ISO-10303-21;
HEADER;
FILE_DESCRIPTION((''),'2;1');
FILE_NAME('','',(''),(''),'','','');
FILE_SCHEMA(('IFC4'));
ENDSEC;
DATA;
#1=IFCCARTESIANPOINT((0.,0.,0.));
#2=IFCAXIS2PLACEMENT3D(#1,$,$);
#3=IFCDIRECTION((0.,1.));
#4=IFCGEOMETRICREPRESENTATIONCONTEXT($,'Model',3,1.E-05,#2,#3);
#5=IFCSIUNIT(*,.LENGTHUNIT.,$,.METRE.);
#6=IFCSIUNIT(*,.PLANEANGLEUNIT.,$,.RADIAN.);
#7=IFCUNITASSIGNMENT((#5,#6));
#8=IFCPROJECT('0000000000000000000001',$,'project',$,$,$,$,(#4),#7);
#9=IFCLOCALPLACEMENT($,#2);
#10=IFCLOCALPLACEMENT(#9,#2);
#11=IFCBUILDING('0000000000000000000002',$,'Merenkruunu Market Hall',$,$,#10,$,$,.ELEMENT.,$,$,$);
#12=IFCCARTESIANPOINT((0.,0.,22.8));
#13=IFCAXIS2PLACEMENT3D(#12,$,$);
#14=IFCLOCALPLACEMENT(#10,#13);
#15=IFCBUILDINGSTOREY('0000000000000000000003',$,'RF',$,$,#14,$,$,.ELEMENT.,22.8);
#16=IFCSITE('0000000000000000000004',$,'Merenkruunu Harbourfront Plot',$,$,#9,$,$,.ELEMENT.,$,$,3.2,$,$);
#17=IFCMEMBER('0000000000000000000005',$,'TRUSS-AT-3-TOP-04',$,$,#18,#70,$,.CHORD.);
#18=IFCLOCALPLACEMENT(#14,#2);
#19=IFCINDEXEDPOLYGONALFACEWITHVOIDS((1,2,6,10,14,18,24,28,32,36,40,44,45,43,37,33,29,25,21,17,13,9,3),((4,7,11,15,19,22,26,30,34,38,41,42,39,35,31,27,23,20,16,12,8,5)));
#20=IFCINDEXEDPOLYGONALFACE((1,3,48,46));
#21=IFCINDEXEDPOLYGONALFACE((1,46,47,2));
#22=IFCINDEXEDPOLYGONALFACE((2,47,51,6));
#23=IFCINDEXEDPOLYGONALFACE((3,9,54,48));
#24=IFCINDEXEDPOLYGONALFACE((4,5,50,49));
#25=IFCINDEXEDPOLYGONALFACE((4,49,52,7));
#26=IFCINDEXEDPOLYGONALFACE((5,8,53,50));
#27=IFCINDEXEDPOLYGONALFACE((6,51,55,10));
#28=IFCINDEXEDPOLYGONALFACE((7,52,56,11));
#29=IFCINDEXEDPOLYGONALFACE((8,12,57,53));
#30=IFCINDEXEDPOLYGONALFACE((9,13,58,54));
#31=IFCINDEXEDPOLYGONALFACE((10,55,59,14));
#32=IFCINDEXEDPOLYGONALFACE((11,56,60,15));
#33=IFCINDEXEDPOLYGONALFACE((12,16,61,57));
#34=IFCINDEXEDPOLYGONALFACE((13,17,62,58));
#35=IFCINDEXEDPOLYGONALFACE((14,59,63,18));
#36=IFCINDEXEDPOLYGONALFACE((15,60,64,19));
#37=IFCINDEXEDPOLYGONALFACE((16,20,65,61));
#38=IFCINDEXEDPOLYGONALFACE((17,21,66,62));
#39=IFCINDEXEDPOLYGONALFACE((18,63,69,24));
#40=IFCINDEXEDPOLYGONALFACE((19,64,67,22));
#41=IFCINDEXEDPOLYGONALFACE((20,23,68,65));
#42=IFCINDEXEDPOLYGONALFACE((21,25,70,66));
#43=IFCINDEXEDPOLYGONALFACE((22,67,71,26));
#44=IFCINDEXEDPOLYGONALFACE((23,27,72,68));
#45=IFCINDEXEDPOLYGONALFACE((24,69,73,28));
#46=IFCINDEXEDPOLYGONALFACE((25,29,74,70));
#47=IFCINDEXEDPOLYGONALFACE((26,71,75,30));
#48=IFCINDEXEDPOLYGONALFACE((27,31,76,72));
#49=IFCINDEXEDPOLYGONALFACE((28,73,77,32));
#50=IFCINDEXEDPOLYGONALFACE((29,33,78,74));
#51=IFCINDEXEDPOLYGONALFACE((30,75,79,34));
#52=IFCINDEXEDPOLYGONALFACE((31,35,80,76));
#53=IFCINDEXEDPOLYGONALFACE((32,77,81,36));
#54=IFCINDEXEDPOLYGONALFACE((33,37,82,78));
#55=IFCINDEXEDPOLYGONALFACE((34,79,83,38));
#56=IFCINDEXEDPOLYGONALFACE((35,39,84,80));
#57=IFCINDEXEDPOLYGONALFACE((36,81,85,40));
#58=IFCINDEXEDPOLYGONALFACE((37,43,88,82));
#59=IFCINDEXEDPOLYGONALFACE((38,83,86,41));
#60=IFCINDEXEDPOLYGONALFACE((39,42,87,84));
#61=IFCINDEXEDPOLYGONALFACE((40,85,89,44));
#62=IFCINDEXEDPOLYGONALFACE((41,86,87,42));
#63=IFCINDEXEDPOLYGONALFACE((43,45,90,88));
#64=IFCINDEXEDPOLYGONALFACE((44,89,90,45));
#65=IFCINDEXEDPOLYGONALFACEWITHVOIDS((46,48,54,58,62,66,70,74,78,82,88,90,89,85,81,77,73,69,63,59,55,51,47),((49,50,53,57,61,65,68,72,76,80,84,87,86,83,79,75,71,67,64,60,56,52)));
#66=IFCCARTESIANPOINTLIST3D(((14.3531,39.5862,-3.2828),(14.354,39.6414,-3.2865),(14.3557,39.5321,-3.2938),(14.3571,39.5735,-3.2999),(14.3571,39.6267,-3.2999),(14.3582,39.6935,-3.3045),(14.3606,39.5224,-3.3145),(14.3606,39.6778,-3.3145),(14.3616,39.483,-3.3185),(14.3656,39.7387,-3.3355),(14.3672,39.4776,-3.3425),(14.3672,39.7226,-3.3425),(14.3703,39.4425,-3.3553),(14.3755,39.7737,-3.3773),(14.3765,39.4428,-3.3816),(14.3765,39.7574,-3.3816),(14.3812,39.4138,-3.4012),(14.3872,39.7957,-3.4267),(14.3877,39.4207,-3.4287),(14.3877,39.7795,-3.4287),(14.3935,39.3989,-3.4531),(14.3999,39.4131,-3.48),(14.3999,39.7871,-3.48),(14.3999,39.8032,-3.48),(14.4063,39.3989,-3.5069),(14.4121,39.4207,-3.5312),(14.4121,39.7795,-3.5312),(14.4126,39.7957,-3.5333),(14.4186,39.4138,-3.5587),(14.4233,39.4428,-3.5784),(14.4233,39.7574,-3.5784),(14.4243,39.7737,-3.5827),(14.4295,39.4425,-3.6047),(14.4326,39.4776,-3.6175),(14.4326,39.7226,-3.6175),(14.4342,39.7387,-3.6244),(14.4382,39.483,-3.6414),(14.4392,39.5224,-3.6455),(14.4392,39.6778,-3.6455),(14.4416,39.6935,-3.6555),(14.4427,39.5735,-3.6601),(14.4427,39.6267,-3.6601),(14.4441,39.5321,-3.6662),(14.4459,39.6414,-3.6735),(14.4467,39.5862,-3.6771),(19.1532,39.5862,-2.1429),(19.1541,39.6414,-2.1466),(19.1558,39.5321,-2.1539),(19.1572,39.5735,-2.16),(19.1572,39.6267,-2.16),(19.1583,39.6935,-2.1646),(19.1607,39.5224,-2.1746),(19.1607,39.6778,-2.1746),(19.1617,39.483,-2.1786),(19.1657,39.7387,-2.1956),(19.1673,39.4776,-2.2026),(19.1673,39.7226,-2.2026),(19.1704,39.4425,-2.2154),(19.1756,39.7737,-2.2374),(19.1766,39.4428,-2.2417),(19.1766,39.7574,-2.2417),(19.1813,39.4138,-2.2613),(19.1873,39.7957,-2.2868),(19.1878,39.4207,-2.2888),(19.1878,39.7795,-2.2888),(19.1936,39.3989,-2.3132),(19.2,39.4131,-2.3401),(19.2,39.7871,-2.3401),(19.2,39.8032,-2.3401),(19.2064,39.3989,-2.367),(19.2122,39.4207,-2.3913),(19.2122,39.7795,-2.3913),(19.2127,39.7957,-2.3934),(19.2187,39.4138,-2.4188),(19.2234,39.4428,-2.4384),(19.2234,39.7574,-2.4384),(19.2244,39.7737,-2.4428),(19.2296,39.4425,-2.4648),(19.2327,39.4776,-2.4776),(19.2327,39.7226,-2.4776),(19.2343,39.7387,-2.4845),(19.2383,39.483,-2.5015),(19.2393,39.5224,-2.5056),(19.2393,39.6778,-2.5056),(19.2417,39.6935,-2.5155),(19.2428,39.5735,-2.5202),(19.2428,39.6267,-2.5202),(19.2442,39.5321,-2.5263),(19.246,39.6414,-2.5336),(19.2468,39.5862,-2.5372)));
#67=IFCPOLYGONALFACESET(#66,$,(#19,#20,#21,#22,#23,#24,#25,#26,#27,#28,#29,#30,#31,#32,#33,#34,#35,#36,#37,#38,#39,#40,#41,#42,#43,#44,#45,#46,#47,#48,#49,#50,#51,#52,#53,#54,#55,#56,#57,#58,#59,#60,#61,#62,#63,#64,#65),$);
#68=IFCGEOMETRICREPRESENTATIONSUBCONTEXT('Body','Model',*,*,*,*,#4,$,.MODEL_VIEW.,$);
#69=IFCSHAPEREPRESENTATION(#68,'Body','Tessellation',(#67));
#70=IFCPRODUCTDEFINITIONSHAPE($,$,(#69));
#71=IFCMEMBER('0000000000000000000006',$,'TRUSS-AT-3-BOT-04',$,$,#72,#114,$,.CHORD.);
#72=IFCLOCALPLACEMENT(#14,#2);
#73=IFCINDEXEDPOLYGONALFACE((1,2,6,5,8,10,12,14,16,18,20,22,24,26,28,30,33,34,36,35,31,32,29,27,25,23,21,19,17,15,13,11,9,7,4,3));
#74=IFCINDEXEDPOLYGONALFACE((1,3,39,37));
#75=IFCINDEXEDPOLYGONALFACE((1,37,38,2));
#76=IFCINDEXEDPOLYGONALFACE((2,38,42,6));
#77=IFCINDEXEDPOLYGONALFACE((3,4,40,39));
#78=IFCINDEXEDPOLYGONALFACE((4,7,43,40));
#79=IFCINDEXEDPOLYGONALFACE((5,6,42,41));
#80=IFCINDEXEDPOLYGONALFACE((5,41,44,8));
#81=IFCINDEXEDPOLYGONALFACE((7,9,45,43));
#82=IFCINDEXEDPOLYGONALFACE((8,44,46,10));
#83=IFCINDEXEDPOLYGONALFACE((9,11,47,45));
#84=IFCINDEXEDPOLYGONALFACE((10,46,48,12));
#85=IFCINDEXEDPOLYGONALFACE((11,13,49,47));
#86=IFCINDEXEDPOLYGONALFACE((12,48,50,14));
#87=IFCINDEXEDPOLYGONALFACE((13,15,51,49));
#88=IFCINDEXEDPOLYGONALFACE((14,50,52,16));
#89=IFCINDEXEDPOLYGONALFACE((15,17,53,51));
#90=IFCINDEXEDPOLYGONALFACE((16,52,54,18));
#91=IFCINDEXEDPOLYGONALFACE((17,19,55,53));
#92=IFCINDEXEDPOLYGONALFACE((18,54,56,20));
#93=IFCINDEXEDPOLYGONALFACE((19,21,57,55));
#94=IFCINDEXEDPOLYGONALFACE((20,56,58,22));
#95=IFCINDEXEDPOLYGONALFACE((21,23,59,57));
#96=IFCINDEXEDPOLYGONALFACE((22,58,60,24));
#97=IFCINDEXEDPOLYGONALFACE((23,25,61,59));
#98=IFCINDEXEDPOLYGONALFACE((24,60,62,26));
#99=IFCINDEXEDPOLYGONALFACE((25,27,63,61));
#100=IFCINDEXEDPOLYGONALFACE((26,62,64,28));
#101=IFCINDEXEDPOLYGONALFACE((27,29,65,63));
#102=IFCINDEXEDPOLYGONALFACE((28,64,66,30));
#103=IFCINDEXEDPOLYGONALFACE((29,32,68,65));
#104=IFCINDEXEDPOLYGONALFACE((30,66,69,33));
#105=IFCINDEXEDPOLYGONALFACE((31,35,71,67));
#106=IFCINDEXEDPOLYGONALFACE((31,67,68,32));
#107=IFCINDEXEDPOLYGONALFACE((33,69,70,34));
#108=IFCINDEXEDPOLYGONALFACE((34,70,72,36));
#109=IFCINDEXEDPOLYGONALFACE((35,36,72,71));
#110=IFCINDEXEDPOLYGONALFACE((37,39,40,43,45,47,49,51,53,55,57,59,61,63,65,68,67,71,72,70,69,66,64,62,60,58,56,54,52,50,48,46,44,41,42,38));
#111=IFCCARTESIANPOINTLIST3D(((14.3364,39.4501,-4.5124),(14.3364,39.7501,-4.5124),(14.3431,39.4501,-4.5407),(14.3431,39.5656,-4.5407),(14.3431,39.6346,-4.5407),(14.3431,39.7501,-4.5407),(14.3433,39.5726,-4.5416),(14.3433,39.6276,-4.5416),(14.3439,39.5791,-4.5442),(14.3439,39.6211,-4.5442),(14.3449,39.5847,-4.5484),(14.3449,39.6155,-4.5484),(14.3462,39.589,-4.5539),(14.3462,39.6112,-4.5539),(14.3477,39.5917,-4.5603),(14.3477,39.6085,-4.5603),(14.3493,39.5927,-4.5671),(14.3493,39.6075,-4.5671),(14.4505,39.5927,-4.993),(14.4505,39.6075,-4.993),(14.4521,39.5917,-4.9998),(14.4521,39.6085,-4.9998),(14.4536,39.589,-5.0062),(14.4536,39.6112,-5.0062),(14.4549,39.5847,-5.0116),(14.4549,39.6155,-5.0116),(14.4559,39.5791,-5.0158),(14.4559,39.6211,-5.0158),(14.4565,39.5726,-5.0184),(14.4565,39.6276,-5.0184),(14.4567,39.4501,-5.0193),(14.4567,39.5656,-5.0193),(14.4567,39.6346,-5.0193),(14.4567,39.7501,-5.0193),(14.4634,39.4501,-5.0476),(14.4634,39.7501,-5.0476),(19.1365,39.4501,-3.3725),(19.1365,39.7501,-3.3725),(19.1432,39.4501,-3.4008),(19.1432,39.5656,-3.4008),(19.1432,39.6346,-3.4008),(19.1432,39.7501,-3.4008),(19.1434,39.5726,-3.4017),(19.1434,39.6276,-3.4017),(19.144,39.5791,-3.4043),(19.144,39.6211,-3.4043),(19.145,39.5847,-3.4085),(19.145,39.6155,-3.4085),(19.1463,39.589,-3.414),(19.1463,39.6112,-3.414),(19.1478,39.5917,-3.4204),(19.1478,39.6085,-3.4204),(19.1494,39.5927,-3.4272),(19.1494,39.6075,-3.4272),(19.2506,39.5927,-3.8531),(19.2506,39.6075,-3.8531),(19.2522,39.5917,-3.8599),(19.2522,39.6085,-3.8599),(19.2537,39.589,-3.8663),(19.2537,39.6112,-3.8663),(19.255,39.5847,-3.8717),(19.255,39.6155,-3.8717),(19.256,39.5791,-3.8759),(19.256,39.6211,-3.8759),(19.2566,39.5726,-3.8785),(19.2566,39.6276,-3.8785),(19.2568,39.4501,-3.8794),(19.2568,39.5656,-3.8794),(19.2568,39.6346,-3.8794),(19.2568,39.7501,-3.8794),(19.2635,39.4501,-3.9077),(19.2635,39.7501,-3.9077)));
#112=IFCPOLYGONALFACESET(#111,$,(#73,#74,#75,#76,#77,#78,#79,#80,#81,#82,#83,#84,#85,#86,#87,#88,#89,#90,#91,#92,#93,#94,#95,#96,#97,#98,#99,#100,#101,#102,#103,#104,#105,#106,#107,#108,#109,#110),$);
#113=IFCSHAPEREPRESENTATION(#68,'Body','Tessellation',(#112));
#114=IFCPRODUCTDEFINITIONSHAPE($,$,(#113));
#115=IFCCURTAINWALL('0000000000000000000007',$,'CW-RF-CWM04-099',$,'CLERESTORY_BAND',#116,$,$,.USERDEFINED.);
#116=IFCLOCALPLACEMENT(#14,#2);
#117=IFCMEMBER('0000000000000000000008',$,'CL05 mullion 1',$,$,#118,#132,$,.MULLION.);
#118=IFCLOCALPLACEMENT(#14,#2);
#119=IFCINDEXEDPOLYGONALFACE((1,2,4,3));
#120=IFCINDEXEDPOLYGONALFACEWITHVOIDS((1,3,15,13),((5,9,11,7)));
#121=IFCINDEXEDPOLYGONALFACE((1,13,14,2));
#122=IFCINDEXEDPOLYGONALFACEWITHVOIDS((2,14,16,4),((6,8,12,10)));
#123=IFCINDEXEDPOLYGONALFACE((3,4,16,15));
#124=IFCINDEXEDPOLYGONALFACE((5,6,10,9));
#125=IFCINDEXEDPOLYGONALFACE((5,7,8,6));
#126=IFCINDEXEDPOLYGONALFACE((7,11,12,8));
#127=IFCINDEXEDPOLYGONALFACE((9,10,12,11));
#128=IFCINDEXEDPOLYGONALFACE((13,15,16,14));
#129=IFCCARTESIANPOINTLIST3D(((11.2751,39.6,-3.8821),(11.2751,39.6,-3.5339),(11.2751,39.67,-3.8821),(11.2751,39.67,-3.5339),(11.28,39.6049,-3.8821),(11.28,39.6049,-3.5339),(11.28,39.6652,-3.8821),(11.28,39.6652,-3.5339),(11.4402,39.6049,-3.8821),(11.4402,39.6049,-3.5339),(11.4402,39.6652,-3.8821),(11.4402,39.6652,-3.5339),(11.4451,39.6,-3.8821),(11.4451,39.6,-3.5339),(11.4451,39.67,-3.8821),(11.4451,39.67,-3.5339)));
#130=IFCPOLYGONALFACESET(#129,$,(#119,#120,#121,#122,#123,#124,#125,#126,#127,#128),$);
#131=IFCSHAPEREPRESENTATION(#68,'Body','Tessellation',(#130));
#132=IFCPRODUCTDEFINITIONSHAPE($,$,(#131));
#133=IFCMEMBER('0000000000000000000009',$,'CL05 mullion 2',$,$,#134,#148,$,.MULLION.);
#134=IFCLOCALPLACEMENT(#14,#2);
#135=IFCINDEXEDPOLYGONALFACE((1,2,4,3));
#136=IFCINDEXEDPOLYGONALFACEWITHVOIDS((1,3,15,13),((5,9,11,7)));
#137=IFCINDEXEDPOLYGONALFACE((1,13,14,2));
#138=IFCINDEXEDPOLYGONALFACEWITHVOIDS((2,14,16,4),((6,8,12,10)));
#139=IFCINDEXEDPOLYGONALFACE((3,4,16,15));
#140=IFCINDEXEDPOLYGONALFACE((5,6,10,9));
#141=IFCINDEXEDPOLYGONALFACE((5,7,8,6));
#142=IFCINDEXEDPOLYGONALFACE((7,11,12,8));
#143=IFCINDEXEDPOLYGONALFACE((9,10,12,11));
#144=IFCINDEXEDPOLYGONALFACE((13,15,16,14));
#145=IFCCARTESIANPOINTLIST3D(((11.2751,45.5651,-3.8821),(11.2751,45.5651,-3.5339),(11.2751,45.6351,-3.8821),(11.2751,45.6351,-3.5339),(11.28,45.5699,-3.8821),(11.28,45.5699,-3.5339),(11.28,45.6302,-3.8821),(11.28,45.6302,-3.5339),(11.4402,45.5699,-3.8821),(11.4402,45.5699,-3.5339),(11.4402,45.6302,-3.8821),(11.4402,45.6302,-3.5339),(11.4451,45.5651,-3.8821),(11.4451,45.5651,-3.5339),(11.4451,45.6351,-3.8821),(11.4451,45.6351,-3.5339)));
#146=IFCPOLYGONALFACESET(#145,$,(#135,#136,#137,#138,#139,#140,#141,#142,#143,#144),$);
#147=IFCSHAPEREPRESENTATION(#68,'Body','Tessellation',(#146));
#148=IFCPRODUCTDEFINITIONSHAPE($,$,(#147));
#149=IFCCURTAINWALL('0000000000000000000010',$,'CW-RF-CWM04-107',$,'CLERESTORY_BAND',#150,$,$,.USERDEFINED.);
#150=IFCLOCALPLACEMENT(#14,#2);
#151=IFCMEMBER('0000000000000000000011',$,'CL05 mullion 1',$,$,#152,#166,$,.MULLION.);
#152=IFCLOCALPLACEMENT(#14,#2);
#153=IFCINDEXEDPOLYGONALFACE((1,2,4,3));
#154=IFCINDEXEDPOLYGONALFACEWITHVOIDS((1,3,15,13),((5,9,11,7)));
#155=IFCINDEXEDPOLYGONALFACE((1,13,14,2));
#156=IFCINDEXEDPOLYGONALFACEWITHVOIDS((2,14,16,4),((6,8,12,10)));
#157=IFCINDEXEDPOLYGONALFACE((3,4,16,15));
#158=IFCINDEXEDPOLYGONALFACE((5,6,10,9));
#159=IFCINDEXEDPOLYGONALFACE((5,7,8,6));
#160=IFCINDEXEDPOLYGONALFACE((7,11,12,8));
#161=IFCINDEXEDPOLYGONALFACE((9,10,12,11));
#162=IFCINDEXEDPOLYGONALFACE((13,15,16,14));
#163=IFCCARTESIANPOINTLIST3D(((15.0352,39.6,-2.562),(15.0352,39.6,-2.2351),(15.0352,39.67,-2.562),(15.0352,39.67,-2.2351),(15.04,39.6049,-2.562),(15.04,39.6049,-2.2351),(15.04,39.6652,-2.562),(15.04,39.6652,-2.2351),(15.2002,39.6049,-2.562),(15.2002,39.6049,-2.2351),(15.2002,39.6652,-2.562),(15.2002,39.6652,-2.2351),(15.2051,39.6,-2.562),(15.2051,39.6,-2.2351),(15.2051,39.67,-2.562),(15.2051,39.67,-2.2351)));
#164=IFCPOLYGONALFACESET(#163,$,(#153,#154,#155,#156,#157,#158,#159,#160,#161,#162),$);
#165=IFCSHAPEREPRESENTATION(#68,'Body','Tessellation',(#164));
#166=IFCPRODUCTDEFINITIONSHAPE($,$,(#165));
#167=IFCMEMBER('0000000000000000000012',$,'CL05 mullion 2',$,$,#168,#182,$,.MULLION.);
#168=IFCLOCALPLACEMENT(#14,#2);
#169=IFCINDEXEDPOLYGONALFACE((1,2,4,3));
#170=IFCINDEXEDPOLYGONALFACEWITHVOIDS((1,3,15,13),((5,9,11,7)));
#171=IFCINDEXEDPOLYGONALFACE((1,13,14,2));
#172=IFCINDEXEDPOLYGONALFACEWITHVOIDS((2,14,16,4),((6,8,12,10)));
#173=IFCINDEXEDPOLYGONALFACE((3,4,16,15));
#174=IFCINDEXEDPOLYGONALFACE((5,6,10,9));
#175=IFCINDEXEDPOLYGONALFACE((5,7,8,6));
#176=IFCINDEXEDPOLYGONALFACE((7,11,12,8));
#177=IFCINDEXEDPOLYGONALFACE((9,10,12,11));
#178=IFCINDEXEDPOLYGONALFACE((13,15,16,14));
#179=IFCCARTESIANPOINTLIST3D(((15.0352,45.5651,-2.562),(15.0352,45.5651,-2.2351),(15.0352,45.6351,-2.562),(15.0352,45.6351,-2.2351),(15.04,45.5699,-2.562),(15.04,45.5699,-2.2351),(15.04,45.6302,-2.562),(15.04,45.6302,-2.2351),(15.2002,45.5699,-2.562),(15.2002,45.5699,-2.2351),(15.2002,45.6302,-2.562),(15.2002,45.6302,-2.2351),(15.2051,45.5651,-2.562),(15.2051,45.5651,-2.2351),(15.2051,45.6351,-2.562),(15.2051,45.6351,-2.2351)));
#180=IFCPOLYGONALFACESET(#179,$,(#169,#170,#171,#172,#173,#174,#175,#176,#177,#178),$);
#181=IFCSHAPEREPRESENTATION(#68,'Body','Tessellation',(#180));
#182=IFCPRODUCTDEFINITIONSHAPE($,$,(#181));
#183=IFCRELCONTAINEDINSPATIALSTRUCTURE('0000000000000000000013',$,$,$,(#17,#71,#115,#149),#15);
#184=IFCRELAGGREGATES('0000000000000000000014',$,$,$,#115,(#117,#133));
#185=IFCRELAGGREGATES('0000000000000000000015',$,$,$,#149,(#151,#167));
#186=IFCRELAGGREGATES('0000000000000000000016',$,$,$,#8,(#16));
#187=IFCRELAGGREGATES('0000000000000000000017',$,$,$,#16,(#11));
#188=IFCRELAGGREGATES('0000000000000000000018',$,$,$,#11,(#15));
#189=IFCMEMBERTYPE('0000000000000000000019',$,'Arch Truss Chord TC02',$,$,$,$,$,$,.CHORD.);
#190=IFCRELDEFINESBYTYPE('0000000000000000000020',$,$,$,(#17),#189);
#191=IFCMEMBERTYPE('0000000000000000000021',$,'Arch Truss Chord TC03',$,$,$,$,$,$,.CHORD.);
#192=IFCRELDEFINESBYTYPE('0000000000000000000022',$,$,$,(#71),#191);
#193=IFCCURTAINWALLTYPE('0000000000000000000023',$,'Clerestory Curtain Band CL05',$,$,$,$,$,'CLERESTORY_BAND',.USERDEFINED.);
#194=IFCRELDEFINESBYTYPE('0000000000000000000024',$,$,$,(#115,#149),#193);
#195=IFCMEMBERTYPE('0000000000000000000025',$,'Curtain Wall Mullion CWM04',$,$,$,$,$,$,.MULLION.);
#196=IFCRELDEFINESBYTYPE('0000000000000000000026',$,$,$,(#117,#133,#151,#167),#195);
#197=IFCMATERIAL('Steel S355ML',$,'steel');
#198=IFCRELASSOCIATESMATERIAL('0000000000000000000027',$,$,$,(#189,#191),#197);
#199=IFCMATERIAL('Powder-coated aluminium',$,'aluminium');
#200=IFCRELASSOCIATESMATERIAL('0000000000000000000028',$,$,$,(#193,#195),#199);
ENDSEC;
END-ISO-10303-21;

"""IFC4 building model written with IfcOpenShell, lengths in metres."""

from ifc_helpers import new_model, si_unit, direction, frame, origin, origin_2d, place, context, subcontext, project, spatial, hollow_rectangle, hollow_circle, i_section, extrude, material, material_profile, profile_set, type_object, element, aggregate, save


model = new_model("IFC4")

# Units and contexts
model_context = context("Model", 3, precision=1e-05, world=origin(), true_north=direction((0.0, 1.0)))
body_context = subcontext(model_context, "Body", "Model", "MODEL_VIEW")
ifc_project = project(units=[si_unit("LENGTHUNIT", "METRE"), si_unit("PLANEANGLEUNIT", "RADIAN")], contexts=[model_context])

# Site, building, storey
site_placement = place(None, origin())
site = spatial("IfcSite", under=ifc_project, at=site_placement, Name="Merenkruunu Harbourfront Plot", CompositionType="ELEMENT", RefElevation=3.2)
building_placement = place(site_placement, origin())
building = spatial("IfcBuilding", under=site, at=building_placement, Name="Merenkruunu Market Hall", CompositionType="ELEMENT")
storey_placement = place(building_placement, frame((0.0, 0.0, 22.8)))
storey = spatial("IfcBuildingStorey", under=building, at=storey_placement, Name="RF", CompositionType="ELEMENT", Elevation=22.8)

# Members
ifc_material_1 = material(Name="Steel S355ML", Category="steel")
ifc_material_profile_1 = material_profile(ifc_material_1, hollow_circle(Radius=0.2031, WallThickness=0.0161, at=origin_2d()), Name="CHS 406.4x16")
ifc_profile_set_1 = profile_set([ifc_material_profile_1], Name="Steel S355ML")
member_type_1 = type_object("IfcMemberType", Name="Arch Truss Chord TC02", PredefinedType="CHORD", material=ifc_profile_set_1)
member_1_placement = place(storey_placement, frame((14.3999, 39.6001, -3.48), z_axis=(0.972942, 0.0, 0.23105), x_axis=(0.0, 1.0, 0.0)))
element("IfcMember", 1, at=member_1_placement, inside=storey, type_object=member_type_1, Name="TRUSS-AT-3-TOP-04", PredefinedType="CHORD", context=body_context, shape_type="SweptSolid", body=[
    extrude(hollow_circle(Radius=0.2031, WallThickness=0.0161, at=origin_2d()), origin(), (0.0, 0.0, 1.0), 4.9336),
])
ifc_material_profile_2 = material_profile(ifc_material_1, i_section(OverallWidth=0.3, OverallDepth=0.55, WebThickness=0.0149, FlangeThickness=0.0291, FilletRadius=0.0271, at=origin_2d()), Name="HEB 550")
ifc_profile_set_2 = profile_set([ifc_material_profile_2], Name="Steel S355ML")
member_type_2 = type_object("IfcMemberType", Name="Arch Truss Chord TC03", PredefinedType="CHORD", material=ifc_profile_set_2)
member_2_placement = place(storey_placement, frame((14.3999, 39.6001, -4.78), z_axis=(0.972942, 0.0, 0.23105), x_axis=(0.0, 1.0, 0.0)))
element("IfcMember", 2, at=member_2_placement, inside=storey, type_object=member_type_2, Name="TRUSS-AT-3-BOT-04", PredefinedType="CHORD", context=body_context, shape_type="SweptSolid", body=[
    extrude(i_section(OverallWidth=0.3, OverallDepth=0.55, WebThickness=0.0149, FlangeThickness=0.0291, FilletRadius=0.0271, at=origin_2d()), origin(), (0.0, 0.0, 1.0), 4.9336),
])

# Curtain walls, members
ifc_material_2 = material(Name="Powder-coated aluminium", Category="aluminium")
curtain_wall_type = type_object("IfcCurtainWallType", Name="Clerestory Curtain Band CL05", ElementType="CLERESTORY_BAND", PredefinedType="USERDEFINED", material=ifc_material_2)
curtain_wall_1_placement = place(storey_placement, origin())
curtain_wall_1 = element("IfcCurtainWall", 3, at=curtain_wall_1_placement, inside=storey, type_object=curtain_wall_type, Name="CW-RF-CWM04-099", ObjectType="CLERESTORY_BAND", PredefinedType="USERDEFINED")
ifc_material_profile_3 = material_profile(ifc_material_2, hollow_rectangle(XDim=0.0701, YDim=0.1699, WallThickness=0.0049, at=origin_2d()), Name="ALU 70x170x5")
ifc_profile_set_3 = profile_set([ifc_material_profile_3], Name="Powder-coated aluminium")
member_type_3 = type_object("IfcMemberType", Name="Curtain Wall Mullion CWM04", PredefinedType="MULLION", material=ifc_profile_set_3)
member_3_placement = place(storey_placement, frame((11.3601, 39.635, -3.8821), z_axis=(0.0, 0.0, 1.0), x_axis=(0.0, 1.0, 0.0)))
member_3 = element("IfcMember", 4, at=member_3_placement, type_object=member_type_3, Name="CL05 mullion 1", PredefinedType="MULLION", context=body_context, shape_type="SweptSolid", body=[
    extrude(hollow_rectangle(XDim=0.0701, YDim=0.1699, WallThickness=0.0049, at=origin_2d()), origin(), (0.0, 0.0, 1.0), 0.3481),
])
member_4_placement = place(storey_placement, frame((11.3601, 45.6001, -3.8821), z_axis=(0.0, 0.0, 1.0), x_axis=(0.0, 1.0, 0.0)))
member_4 = element("IfcMember", 5, at=member_4_placement, type_object=member_type_3, Name="CL05 mullion 2", PredefinedType="MULLION", context=body_context, shape_type="SweptSolid", body=[
    extrude(hollow_rectangle(XDim=0.0701, YDim=0.1699, WallThickness=0.0049, at=origin_2d()), origin(), (0.0, 0.0, 1.0), 0.3481),
])
curtain_wall_2_placement = place(storey_placement, origin())
curtain_wall_2 = element("IfcCurtainWall", 6, at=curtain_wall_2_placement, inside=storey, type_object=curtain_wall_type, Name="CW-RF-CWM04-107", ObjectType="CLERESTORY_BAND", PredefinedType="USERDEFINED")
member_5_placement = place(storey_placement, frame((15.1201, 39.635, -2.562), z_axis=(0.0, 0.0, 1.0), x_axis=(0.0, 1.0, 0.0)))
member_5 = element("IfcMember", 7, at=member_5_placement, type_object=member_type_3, Name="CL05 mullion 1", PredefinedType="MULLION", context=body_context, shape_type="SweptSolid", body=[
    extrude(hollow_rectangle(XDim=0.0701, YDim=0.1699, WallThickness=0.0049, at=origin_2d()), origin(), (0.0, 0.0, 1.0), 0.3269),
])
member_6_placement = place(storey_placement, frame((15.1201, 45.6001, -2.562), z_axis=(0.0, 0.0, 1.0), x_axis=(0.0, 1.0, 0.0)))
member_6 = element("IfcMember", 8, at=member_6_placement, type_object=member_type_3, Name="CL05 mullion 2", PredefinedType="MULLION", context=body_context, shape_type="SweptSolid", body=[
    extrude(hollow_rectangle(XDim=0.0701, YDim=0.1699, WallThickness=0.0049, at=origin_2d()), origin(), (0.0, 0.0, 1.0), 0.3269),
])

aggregate(curtain_wall_1, [member_3, member_4])
aggregate(curtain_wall_2, [member_5, member_6])

save(model, "model.ifc")
